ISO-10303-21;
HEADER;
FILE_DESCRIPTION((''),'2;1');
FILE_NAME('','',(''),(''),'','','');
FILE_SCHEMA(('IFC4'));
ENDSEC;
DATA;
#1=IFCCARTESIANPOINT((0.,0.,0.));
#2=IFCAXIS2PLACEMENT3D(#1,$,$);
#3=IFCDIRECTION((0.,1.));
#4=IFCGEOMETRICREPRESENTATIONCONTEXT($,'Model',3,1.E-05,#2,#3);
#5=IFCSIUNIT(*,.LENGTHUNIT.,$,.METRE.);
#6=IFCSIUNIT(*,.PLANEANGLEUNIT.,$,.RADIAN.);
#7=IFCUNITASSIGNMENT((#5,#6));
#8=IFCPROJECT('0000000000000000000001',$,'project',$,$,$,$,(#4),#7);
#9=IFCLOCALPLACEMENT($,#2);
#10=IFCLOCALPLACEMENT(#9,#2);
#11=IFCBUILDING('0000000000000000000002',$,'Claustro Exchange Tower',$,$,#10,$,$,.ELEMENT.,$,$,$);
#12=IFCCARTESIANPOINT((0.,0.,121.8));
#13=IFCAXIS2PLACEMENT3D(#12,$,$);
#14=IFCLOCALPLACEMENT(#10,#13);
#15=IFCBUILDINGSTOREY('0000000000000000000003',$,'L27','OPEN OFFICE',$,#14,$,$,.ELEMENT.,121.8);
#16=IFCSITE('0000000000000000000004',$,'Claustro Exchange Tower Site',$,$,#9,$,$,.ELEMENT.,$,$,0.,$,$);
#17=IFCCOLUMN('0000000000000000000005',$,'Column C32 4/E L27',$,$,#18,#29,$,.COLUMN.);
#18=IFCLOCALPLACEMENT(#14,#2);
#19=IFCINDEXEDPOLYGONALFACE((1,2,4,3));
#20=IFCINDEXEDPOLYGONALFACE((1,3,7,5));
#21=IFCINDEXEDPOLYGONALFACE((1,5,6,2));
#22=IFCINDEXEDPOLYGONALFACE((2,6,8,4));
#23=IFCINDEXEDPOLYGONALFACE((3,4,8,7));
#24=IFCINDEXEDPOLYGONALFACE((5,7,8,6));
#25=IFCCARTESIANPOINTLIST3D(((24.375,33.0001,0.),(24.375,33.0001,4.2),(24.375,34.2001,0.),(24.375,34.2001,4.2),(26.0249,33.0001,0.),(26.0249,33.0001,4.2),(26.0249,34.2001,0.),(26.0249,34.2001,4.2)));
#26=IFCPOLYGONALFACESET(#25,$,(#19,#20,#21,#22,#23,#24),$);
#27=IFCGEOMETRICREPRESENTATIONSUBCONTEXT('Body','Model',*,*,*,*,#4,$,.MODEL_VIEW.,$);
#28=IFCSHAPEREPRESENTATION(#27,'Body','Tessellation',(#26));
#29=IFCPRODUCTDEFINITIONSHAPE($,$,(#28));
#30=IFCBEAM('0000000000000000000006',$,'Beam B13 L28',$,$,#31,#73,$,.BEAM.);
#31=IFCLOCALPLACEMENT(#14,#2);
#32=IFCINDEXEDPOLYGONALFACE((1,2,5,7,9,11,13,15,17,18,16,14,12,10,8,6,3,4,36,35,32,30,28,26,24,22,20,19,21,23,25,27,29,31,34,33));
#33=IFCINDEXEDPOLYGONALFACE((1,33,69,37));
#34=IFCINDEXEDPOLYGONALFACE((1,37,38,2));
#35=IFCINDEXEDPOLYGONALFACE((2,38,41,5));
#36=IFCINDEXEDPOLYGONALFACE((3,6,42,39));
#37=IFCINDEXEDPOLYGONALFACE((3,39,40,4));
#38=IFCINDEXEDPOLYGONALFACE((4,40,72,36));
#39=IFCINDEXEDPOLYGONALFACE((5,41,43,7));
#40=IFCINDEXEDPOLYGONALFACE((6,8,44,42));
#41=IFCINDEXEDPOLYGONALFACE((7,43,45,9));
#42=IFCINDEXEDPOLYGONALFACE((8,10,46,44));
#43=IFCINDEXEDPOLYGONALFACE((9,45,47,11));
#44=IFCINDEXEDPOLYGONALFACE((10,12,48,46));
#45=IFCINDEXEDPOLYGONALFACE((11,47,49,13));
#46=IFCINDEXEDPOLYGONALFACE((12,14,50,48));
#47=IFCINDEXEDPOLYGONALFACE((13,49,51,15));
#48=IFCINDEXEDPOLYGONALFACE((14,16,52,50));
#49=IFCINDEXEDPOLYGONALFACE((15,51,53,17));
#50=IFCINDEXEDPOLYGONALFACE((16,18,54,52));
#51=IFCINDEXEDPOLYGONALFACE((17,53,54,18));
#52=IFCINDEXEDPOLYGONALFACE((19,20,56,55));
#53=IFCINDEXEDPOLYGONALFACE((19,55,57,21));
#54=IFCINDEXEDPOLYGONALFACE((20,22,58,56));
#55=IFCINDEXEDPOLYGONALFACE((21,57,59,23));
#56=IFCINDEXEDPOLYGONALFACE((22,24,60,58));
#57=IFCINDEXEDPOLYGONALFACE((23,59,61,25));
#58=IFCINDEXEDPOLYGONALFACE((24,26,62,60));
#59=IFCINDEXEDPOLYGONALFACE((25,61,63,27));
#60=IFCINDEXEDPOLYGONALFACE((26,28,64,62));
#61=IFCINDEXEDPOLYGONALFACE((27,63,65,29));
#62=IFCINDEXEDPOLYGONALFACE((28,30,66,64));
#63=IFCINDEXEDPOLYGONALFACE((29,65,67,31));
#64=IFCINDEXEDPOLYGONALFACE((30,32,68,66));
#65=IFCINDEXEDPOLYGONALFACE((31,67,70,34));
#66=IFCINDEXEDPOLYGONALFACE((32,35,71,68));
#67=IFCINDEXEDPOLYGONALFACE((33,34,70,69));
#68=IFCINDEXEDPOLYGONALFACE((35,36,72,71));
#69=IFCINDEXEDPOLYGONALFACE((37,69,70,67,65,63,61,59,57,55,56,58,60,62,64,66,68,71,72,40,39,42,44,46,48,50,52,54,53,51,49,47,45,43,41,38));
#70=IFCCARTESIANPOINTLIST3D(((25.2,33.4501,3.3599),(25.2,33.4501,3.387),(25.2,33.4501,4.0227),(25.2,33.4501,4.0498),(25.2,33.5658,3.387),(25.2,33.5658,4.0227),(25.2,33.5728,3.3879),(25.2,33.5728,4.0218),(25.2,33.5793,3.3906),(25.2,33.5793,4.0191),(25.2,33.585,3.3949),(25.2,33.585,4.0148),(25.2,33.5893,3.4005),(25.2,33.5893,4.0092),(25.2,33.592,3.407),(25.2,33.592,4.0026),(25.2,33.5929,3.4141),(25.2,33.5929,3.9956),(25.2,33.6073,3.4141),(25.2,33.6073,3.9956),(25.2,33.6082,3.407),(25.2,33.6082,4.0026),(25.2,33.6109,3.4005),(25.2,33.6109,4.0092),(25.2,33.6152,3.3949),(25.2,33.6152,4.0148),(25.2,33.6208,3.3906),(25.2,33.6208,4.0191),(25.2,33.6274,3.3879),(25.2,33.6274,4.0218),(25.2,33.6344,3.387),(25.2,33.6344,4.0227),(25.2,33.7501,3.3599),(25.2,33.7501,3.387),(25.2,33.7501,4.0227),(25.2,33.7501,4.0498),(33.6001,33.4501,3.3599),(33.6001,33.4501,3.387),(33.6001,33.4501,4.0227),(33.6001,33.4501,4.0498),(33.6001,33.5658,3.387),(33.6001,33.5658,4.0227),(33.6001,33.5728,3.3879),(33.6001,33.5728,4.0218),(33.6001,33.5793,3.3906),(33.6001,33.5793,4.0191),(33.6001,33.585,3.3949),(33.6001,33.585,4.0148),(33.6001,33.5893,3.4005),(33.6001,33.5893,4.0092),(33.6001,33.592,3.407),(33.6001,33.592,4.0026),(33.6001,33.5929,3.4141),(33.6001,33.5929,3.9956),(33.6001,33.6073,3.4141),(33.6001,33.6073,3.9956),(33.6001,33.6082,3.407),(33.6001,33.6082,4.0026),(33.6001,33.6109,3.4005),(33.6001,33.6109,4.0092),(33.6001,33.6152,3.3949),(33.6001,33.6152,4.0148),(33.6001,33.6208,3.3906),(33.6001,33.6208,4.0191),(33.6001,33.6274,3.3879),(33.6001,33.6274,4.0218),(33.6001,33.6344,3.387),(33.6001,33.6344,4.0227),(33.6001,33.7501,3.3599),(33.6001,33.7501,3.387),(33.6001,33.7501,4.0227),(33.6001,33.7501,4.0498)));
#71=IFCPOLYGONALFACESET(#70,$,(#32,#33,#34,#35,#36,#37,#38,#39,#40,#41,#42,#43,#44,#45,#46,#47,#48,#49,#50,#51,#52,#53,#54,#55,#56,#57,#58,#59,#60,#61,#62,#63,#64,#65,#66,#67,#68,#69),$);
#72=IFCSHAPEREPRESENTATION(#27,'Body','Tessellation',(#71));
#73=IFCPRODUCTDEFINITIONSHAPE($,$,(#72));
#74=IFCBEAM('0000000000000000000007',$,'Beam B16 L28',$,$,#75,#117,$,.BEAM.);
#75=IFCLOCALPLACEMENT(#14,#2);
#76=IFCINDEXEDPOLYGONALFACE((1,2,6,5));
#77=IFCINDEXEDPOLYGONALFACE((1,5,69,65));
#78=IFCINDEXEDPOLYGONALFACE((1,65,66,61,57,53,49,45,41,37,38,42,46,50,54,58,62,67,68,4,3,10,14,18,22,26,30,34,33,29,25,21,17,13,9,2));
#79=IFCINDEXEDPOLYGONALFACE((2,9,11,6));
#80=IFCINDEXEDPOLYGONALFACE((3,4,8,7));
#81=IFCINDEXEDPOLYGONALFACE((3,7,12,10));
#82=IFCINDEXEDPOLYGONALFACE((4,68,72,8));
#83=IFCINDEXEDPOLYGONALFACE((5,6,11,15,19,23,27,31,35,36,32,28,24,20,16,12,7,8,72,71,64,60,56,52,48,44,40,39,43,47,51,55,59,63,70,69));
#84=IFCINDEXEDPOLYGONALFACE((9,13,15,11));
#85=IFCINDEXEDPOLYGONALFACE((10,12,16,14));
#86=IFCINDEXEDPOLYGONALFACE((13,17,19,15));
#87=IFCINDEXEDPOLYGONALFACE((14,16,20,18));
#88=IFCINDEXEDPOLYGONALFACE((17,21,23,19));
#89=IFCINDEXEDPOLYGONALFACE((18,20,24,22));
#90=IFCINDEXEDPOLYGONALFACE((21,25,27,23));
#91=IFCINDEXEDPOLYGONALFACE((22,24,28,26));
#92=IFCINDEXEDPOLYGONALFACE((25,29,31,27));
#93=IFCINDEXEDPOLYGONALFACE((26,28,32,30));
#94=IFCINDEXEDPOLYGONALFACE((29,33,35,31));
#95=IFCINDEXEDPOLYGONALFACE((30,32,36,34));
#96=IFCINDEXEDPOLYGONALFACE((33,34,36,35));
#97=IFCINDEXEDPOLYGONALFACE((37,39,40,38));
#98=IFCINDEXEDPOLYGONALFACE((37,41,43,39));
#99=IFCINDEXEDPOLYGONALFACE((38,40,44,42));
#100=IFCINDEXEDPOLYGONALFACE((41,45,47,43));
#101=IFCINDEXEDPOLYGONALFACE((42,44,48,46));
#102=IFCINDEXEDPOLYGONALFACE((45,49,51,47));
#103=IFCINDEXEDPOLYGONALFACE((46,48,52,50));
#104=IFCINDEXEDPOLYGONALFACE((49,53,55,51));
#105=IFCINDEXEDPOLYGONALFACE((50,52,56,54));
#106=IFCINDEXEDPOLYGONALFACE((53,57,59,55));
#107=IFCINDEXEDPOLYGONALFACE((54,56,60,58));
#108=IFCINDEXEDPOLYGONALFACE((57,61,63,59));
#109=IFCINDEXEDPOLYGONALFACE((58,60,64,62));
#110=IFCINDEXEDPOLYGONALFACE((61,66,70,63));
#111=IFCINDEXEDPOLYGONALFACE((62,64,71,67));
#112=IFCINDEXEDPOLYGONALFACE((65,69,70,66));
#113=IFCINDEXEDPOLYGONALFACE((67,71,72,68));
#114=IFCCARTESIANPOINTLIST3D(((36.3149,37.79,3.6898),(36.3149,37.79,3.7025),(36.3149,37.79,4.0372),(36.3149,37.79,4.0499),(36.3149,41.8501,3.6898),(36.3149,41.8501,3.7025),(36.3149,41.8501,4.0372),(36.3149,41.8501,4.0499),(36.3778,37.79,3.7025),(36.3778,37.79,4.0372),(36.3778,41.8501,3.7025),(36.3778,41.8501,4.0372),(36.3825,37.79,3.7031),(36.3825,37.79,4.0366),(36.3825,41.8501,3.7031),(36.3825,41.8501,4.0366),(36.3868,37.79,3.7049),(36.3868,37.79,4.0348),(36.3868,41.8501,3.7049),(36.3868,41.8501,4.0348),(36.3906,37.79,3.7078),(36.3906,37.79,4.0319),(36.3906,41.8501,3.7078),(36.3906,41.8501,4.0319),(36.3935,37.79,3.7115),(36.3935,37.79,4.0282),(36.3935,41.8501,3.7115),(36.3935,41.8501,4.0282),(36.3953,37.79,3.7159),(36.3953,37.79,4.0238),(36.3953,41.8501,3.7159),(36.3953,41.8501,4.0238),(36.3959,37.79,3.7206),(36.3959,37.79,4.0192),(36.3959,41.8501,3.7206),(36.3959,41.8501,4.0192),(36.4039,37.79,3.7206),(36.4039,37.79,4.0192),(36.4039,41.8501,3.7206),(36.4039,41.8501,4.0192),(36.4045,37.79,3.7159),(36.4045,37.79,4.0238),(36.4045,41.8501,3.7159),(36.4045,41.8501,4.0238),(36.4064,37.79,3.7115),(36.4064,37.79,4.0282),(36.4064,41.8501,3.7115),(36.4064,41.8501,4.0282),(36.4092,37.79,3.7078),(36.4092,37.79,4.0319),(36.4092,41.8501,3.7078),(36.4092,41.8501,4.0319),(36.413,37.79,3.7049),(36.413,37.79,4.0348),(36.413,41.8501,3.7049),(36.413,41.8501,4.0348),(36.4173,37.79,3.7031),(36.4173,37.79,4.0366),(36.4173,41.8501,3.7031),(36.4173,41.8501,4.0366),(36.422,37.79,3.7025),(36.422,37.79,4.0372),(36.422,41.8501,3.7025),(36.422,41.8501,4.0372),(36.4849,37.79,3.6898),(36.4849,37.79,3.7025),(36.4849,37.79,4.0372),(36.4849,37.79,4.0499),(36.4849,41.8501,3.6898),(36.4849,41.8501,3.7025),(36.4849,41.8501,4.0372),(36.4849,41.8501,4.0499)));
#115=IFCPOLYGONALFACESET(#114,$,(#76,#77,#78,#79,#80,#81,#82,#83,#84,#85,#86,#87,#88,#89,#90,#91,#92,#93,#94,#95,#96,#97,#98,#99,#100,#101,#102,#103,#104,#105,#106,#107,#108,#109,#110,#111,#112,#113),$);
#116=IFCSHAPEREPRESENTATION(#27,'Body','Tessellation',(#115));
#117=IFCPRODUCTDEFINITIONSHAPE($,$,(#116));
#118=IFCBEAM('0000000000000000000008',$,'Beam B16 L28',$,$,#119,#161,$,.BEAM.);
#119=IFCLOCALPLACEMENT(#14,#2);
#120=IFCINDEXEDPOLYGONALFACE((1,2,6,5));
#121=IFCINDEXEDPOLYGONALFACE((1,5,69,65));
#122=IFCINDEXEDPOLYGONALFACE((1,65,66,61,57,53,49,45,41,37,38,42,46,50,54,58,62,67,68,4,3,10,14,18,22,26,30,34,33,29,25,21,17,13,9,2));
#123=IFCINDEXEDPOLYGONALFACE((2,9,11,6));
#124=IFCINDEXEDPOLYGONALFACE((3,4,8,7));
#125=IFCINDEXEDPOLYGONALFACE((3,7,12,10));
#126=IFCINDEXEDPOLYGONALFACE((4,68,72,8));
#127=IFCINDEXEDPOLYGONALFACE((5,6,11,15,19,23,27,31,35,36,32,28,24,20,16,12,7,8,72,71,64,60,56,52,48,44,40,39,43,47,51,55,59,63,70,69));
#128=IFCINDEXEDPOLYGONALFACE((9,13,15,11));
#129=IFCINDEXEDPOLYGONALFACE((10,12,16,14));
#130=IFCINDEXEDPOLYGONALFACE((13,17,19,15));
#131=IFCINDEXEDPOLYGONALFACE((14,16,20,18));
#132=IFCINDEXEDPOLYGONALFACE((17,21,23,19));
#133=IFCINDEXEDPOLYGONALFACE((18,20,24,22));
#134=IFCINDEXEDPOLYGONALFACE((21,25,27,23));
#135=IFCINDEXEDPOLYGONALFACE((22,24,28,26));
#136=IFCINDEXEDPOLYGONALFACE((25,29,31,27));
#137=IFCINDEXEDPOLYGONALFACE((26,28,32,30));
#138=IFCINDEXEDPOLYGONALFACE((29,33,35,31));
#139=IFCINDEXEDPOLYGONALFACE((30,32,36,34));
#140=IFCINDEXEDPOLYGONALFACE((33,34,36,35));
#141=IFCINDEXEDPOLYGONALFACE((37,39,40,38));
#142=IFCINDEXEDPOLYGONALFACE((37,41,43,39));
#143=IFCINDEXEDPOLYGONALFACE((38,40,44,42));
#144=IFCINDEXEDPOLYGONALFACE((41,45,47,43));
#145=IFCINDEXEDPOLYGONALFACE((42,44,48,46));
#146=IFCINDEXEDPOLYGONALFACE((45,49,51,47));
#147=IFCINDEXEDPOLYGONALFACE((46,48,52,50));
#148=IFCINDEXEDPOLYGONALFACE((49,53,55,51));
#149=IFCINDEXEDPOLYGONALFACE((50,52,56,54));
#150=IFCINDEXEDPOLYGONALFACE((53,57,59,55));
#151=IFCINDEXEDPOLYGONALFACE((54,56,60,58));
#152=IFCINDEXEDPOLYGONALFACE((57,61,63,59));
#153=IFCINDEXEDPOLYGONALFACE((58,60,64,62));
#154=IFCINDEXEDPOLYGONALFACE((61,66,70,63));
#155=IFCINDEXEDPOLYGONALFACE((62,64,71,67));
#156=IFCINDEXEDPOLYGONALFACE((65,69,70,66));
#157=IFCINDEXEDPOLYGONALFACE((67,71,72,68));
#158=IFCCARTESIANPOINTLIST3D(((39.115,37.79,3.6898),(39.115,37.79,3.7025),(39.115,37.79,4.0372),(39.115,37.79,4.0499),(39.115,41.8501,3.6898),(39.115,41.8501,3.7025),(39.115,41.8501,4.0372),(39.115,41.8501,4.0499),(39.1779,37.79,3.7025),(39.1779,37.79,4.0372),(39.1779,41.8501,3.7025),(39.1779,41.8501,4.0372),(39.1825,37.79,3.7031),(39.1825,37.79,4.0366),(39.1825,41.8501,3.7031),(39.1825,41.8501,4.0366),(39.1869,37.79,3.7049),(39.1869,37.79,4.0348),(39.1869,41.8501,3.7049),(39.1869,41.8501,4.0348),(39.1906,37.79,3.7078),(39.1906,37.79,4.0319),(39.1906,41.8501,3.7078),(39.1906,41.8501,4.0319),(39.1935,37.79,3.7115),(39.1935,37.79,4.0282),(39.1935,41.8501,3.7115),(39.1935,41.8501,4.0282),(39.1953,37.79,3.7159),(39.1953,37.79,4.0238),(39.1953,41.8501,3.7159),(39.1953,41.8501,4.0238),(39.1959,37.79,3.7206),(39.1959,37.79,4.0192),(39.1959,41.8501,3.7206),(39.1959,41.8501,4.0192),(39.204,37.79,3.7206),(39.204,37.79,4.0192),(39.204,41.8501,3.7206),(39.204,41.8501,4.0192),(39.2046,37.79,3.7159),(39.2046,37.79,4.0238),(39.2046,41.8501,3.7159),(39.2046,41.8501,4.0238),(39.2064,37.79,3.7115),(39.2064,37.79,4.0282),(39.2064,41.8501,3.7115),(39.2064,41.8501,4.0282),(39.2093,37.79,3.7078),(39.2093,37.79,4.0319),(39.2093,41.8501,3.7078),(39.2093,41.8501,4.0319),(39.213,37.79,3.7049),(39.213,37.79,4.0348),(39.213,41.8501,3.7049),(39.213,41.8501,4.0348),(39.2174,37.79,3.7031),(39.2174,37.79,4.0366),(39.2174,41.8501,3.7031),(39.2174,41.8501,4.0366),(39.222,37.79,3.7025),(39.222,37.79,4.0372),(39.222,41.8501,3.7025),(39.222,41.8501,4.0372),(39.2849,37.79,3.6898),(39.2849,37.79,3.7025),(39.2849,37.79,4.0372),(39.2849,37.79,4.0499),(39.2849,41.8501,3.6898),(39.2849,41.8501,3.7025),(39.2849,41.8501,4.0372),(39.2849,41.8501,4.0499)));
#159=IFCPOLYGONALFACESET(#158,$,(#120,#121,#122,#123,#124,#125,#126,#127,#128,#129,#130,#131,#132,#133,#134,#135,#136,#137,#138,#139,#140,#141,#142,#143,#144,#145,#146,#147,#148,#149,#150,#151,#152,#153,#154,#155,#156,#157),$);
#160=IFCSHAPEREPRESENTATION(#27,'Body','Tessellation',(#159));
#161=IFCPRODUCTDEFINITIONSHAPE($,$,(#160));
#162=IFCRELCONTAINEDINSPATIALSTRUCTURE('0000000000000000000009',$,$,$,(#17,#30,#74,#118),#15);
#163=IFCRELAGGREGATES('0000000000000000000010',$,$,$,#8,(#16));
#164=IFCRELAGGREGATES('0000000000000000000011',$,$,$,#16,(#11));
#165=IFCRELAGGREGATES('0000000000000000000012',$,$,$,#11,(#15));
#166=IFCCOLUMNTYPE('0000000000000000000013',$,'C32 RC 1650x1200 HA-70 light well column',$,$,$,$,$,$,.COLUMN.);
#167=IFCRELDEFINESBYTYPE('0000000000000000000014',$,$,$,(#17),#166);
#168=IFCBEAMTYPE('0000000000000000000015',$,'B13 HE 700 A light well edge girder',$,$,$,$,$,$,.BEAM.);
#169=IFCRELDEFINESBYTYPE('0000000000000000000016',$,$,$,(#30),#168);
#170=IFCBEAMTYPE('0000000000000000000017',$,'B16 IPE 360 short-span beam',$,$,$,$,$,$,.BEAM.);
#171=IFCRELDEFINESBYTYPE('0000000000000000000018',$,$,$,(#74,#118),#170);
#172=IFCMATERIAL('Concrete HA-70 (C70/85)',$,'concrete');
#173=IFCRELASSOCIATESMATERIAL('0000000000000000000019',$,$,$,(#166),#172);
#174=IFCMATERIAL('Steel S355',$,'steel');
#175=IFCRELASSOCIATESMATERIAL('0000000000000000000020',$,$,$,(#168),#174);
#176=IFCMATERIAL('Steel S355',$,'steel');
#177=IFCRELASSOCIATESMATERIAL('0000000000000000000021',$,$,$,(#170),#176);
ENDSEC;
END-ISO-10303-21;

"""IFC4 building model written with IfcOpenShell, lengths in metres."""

from ifc_helpers import new_model, si_unit, direction, frame, origin, origin_2d, place, context, subcontext, project, spatial, rectangle, i_section, extrude, material, material_profile, profile_set, type_object, element, save


model = new_model("IFC4")

# Units and contexts
model_context = context("Model", 3, precision=1e-05, world=origin(), true_north=direction((0.0, 1.0)))
body_context = subcontext(model_context, "Body", "Model", "MODEL_VIEW")
ifc_project = project(units=[si_unit("LENGTHUNIT", "METRE"), si_unit("PLANEANGLEUNIT", "RADIAN")], contexts=[model_context])

# Site, building, storey
site_placement = place(None, origin())
site = spatial("IfcSite", under=ifc_project, at=site_placement, Name="Claustro Exchange Tower Site", CompositionType="ELEMENT", RefElevation=0.0)
building_placement = place(site_placement, origin())
building = spatial("IfcBuilding", under=site, at=building_placement, Name="Claustro Exchange Tower", CompositionType="ELEMENT")
storey_placement = place(building_placement, frame((0.0, 0.0, 121.8)))
storey = spatial("IfcBuildingStorey", under=building, at=storey_placement, Name="L27", Description="OPEN OFFICE", CompositionType="ELEMENT", Elevation=121.8)

# Column
ifc_material_1 = material(Name="Concrete HA-70 (C70/85)", Category="concrete")
ifc_material_profile_1 = material_profile(ifc_material_1, rectangle(XDim=1.6499, YDim=1.2, at=origin_2d()), Name="RC 1650x1200")
ifc_profile_set_1 = profile_set([ifc_material_profile_1], Name="Concrete HA-70 (C70/85)")
column_type = type_object("IfcColumnType", Name="C32 RC 1650x1200 HA-70 light well column", PredefinedType="COLUMN", material=ifc_profile_set_1)
column_placement = place(storey_placement, frame((25.2, 33.6001, 0.0), z_axis=(0.0, 0.0, 1.0), x_axis=(1.0, 0.0, 0.0)))
element("IfcColumn", 1, at=column_placement, inside=storey, type_object=column_type, Name="Column C32 4/E L27", PredefinedType="COLUMN", context=body_context, shape_type="SweptSolid", body=[
    extrude(rectangle(XDim=1.6499, YDim=1.2, at=origin_2d()), origin(), (0.0, 0.0, 1.0), 4.2),
])

# Beams
ifc_material_2 = material(Name="Steel S355", Category="steel")
ifc_material_profile_2 = material_profile(ifc_material_2, i_section(OverallWidth=0.3, OverallDepth=0.6899, WebThickness=0.0144, FlangeThickness=0.0271, FilletRadius=0.0271, at=origin_2d()), Name="HE 700 A")
ifc_profile_set_2 = profile_set([ifc_material_profile_2], Name="Steel S355")
beam_type_1 = type_object("IfcBeamType", Name="B13 HE 700 A light well edge girder", PredefinedType="BEAM", material=ifc_profile_set_2)
beam_1_placement = place(storey_placement, frame((25.2, 33.6001, 3.7048), z_axis=(1.0, 0.0, 0.0), x_axis=(0.0, 1.0, 0.0)))
element("IfcBeam", 2, at=beam_1_placement, inside=storey, type_object=beam_type_1, Name="Beam B13 L28", PredefinedType="BEAM", context=body_context, shape_type="SweptSolid", body=[
    extrude(i_section(OverallWidth=0.3, OverallDepth=0.6899, WebThickness=0.0144, FlangeThickness=0.0271, FilletRadius=0.0271, at=origin_2d()), origin(), (0.0, 0.0, 1.0), 8.4001),
])
ifc_material_3 = material(Name="Steel S355", Category="steel")
ifc_material_profile_3 = material_profile(ifc_material_3, i_section(OverallWidth=0.1699, OverallDepth=0.3601, WebThickness=0.0081, FlangeThickness=0.0127, FilletRadius=0.0181, at=origin_2d()), Name="IPE 360")
ifc_profile_set_3 = profile_set([ifc_material_profile_3], Name="Steel S355")
beam_type_2 = type_object("IfcBeamType", Name="B16 IPE 360 short-span beam", PredefinedType="BEAM", material=ifc_profile_set_3)
for number, where, z_axis, x_axis, name in (
    (3, (36.3999, 37.79, 3.8699), (0.0, 1.0, 0.0), (-1.0, 0.0, 0.0), "Beam B16 L28"),
    (4, (39.2, 37.79, 3.8699), (0.0, 1.0, 0.0), (-1.0, 0.0, 0.0), "Beam B16 L28"),
):
    element("IfcBeam", number, at=place(storey_placement, frame(where, z_axis=z_axis, x_axis=x_axis)), inside=storey, type_object=beam_type_2, Name=name, PredefinedType="BEAM", context=body_context, shape_type="SweptSolid", body=[
        extrude(i_section(OverallWidth=0.1699, OverallDepth=0.3601, WebThickness=0.0081, FlangeThickness=0.0127, FilletRadius=0.0181, at=origin_2d()), origin(), (0.0, 0.0, 1.0), 4.0601),
    ])

save(model, "model.ifc")
